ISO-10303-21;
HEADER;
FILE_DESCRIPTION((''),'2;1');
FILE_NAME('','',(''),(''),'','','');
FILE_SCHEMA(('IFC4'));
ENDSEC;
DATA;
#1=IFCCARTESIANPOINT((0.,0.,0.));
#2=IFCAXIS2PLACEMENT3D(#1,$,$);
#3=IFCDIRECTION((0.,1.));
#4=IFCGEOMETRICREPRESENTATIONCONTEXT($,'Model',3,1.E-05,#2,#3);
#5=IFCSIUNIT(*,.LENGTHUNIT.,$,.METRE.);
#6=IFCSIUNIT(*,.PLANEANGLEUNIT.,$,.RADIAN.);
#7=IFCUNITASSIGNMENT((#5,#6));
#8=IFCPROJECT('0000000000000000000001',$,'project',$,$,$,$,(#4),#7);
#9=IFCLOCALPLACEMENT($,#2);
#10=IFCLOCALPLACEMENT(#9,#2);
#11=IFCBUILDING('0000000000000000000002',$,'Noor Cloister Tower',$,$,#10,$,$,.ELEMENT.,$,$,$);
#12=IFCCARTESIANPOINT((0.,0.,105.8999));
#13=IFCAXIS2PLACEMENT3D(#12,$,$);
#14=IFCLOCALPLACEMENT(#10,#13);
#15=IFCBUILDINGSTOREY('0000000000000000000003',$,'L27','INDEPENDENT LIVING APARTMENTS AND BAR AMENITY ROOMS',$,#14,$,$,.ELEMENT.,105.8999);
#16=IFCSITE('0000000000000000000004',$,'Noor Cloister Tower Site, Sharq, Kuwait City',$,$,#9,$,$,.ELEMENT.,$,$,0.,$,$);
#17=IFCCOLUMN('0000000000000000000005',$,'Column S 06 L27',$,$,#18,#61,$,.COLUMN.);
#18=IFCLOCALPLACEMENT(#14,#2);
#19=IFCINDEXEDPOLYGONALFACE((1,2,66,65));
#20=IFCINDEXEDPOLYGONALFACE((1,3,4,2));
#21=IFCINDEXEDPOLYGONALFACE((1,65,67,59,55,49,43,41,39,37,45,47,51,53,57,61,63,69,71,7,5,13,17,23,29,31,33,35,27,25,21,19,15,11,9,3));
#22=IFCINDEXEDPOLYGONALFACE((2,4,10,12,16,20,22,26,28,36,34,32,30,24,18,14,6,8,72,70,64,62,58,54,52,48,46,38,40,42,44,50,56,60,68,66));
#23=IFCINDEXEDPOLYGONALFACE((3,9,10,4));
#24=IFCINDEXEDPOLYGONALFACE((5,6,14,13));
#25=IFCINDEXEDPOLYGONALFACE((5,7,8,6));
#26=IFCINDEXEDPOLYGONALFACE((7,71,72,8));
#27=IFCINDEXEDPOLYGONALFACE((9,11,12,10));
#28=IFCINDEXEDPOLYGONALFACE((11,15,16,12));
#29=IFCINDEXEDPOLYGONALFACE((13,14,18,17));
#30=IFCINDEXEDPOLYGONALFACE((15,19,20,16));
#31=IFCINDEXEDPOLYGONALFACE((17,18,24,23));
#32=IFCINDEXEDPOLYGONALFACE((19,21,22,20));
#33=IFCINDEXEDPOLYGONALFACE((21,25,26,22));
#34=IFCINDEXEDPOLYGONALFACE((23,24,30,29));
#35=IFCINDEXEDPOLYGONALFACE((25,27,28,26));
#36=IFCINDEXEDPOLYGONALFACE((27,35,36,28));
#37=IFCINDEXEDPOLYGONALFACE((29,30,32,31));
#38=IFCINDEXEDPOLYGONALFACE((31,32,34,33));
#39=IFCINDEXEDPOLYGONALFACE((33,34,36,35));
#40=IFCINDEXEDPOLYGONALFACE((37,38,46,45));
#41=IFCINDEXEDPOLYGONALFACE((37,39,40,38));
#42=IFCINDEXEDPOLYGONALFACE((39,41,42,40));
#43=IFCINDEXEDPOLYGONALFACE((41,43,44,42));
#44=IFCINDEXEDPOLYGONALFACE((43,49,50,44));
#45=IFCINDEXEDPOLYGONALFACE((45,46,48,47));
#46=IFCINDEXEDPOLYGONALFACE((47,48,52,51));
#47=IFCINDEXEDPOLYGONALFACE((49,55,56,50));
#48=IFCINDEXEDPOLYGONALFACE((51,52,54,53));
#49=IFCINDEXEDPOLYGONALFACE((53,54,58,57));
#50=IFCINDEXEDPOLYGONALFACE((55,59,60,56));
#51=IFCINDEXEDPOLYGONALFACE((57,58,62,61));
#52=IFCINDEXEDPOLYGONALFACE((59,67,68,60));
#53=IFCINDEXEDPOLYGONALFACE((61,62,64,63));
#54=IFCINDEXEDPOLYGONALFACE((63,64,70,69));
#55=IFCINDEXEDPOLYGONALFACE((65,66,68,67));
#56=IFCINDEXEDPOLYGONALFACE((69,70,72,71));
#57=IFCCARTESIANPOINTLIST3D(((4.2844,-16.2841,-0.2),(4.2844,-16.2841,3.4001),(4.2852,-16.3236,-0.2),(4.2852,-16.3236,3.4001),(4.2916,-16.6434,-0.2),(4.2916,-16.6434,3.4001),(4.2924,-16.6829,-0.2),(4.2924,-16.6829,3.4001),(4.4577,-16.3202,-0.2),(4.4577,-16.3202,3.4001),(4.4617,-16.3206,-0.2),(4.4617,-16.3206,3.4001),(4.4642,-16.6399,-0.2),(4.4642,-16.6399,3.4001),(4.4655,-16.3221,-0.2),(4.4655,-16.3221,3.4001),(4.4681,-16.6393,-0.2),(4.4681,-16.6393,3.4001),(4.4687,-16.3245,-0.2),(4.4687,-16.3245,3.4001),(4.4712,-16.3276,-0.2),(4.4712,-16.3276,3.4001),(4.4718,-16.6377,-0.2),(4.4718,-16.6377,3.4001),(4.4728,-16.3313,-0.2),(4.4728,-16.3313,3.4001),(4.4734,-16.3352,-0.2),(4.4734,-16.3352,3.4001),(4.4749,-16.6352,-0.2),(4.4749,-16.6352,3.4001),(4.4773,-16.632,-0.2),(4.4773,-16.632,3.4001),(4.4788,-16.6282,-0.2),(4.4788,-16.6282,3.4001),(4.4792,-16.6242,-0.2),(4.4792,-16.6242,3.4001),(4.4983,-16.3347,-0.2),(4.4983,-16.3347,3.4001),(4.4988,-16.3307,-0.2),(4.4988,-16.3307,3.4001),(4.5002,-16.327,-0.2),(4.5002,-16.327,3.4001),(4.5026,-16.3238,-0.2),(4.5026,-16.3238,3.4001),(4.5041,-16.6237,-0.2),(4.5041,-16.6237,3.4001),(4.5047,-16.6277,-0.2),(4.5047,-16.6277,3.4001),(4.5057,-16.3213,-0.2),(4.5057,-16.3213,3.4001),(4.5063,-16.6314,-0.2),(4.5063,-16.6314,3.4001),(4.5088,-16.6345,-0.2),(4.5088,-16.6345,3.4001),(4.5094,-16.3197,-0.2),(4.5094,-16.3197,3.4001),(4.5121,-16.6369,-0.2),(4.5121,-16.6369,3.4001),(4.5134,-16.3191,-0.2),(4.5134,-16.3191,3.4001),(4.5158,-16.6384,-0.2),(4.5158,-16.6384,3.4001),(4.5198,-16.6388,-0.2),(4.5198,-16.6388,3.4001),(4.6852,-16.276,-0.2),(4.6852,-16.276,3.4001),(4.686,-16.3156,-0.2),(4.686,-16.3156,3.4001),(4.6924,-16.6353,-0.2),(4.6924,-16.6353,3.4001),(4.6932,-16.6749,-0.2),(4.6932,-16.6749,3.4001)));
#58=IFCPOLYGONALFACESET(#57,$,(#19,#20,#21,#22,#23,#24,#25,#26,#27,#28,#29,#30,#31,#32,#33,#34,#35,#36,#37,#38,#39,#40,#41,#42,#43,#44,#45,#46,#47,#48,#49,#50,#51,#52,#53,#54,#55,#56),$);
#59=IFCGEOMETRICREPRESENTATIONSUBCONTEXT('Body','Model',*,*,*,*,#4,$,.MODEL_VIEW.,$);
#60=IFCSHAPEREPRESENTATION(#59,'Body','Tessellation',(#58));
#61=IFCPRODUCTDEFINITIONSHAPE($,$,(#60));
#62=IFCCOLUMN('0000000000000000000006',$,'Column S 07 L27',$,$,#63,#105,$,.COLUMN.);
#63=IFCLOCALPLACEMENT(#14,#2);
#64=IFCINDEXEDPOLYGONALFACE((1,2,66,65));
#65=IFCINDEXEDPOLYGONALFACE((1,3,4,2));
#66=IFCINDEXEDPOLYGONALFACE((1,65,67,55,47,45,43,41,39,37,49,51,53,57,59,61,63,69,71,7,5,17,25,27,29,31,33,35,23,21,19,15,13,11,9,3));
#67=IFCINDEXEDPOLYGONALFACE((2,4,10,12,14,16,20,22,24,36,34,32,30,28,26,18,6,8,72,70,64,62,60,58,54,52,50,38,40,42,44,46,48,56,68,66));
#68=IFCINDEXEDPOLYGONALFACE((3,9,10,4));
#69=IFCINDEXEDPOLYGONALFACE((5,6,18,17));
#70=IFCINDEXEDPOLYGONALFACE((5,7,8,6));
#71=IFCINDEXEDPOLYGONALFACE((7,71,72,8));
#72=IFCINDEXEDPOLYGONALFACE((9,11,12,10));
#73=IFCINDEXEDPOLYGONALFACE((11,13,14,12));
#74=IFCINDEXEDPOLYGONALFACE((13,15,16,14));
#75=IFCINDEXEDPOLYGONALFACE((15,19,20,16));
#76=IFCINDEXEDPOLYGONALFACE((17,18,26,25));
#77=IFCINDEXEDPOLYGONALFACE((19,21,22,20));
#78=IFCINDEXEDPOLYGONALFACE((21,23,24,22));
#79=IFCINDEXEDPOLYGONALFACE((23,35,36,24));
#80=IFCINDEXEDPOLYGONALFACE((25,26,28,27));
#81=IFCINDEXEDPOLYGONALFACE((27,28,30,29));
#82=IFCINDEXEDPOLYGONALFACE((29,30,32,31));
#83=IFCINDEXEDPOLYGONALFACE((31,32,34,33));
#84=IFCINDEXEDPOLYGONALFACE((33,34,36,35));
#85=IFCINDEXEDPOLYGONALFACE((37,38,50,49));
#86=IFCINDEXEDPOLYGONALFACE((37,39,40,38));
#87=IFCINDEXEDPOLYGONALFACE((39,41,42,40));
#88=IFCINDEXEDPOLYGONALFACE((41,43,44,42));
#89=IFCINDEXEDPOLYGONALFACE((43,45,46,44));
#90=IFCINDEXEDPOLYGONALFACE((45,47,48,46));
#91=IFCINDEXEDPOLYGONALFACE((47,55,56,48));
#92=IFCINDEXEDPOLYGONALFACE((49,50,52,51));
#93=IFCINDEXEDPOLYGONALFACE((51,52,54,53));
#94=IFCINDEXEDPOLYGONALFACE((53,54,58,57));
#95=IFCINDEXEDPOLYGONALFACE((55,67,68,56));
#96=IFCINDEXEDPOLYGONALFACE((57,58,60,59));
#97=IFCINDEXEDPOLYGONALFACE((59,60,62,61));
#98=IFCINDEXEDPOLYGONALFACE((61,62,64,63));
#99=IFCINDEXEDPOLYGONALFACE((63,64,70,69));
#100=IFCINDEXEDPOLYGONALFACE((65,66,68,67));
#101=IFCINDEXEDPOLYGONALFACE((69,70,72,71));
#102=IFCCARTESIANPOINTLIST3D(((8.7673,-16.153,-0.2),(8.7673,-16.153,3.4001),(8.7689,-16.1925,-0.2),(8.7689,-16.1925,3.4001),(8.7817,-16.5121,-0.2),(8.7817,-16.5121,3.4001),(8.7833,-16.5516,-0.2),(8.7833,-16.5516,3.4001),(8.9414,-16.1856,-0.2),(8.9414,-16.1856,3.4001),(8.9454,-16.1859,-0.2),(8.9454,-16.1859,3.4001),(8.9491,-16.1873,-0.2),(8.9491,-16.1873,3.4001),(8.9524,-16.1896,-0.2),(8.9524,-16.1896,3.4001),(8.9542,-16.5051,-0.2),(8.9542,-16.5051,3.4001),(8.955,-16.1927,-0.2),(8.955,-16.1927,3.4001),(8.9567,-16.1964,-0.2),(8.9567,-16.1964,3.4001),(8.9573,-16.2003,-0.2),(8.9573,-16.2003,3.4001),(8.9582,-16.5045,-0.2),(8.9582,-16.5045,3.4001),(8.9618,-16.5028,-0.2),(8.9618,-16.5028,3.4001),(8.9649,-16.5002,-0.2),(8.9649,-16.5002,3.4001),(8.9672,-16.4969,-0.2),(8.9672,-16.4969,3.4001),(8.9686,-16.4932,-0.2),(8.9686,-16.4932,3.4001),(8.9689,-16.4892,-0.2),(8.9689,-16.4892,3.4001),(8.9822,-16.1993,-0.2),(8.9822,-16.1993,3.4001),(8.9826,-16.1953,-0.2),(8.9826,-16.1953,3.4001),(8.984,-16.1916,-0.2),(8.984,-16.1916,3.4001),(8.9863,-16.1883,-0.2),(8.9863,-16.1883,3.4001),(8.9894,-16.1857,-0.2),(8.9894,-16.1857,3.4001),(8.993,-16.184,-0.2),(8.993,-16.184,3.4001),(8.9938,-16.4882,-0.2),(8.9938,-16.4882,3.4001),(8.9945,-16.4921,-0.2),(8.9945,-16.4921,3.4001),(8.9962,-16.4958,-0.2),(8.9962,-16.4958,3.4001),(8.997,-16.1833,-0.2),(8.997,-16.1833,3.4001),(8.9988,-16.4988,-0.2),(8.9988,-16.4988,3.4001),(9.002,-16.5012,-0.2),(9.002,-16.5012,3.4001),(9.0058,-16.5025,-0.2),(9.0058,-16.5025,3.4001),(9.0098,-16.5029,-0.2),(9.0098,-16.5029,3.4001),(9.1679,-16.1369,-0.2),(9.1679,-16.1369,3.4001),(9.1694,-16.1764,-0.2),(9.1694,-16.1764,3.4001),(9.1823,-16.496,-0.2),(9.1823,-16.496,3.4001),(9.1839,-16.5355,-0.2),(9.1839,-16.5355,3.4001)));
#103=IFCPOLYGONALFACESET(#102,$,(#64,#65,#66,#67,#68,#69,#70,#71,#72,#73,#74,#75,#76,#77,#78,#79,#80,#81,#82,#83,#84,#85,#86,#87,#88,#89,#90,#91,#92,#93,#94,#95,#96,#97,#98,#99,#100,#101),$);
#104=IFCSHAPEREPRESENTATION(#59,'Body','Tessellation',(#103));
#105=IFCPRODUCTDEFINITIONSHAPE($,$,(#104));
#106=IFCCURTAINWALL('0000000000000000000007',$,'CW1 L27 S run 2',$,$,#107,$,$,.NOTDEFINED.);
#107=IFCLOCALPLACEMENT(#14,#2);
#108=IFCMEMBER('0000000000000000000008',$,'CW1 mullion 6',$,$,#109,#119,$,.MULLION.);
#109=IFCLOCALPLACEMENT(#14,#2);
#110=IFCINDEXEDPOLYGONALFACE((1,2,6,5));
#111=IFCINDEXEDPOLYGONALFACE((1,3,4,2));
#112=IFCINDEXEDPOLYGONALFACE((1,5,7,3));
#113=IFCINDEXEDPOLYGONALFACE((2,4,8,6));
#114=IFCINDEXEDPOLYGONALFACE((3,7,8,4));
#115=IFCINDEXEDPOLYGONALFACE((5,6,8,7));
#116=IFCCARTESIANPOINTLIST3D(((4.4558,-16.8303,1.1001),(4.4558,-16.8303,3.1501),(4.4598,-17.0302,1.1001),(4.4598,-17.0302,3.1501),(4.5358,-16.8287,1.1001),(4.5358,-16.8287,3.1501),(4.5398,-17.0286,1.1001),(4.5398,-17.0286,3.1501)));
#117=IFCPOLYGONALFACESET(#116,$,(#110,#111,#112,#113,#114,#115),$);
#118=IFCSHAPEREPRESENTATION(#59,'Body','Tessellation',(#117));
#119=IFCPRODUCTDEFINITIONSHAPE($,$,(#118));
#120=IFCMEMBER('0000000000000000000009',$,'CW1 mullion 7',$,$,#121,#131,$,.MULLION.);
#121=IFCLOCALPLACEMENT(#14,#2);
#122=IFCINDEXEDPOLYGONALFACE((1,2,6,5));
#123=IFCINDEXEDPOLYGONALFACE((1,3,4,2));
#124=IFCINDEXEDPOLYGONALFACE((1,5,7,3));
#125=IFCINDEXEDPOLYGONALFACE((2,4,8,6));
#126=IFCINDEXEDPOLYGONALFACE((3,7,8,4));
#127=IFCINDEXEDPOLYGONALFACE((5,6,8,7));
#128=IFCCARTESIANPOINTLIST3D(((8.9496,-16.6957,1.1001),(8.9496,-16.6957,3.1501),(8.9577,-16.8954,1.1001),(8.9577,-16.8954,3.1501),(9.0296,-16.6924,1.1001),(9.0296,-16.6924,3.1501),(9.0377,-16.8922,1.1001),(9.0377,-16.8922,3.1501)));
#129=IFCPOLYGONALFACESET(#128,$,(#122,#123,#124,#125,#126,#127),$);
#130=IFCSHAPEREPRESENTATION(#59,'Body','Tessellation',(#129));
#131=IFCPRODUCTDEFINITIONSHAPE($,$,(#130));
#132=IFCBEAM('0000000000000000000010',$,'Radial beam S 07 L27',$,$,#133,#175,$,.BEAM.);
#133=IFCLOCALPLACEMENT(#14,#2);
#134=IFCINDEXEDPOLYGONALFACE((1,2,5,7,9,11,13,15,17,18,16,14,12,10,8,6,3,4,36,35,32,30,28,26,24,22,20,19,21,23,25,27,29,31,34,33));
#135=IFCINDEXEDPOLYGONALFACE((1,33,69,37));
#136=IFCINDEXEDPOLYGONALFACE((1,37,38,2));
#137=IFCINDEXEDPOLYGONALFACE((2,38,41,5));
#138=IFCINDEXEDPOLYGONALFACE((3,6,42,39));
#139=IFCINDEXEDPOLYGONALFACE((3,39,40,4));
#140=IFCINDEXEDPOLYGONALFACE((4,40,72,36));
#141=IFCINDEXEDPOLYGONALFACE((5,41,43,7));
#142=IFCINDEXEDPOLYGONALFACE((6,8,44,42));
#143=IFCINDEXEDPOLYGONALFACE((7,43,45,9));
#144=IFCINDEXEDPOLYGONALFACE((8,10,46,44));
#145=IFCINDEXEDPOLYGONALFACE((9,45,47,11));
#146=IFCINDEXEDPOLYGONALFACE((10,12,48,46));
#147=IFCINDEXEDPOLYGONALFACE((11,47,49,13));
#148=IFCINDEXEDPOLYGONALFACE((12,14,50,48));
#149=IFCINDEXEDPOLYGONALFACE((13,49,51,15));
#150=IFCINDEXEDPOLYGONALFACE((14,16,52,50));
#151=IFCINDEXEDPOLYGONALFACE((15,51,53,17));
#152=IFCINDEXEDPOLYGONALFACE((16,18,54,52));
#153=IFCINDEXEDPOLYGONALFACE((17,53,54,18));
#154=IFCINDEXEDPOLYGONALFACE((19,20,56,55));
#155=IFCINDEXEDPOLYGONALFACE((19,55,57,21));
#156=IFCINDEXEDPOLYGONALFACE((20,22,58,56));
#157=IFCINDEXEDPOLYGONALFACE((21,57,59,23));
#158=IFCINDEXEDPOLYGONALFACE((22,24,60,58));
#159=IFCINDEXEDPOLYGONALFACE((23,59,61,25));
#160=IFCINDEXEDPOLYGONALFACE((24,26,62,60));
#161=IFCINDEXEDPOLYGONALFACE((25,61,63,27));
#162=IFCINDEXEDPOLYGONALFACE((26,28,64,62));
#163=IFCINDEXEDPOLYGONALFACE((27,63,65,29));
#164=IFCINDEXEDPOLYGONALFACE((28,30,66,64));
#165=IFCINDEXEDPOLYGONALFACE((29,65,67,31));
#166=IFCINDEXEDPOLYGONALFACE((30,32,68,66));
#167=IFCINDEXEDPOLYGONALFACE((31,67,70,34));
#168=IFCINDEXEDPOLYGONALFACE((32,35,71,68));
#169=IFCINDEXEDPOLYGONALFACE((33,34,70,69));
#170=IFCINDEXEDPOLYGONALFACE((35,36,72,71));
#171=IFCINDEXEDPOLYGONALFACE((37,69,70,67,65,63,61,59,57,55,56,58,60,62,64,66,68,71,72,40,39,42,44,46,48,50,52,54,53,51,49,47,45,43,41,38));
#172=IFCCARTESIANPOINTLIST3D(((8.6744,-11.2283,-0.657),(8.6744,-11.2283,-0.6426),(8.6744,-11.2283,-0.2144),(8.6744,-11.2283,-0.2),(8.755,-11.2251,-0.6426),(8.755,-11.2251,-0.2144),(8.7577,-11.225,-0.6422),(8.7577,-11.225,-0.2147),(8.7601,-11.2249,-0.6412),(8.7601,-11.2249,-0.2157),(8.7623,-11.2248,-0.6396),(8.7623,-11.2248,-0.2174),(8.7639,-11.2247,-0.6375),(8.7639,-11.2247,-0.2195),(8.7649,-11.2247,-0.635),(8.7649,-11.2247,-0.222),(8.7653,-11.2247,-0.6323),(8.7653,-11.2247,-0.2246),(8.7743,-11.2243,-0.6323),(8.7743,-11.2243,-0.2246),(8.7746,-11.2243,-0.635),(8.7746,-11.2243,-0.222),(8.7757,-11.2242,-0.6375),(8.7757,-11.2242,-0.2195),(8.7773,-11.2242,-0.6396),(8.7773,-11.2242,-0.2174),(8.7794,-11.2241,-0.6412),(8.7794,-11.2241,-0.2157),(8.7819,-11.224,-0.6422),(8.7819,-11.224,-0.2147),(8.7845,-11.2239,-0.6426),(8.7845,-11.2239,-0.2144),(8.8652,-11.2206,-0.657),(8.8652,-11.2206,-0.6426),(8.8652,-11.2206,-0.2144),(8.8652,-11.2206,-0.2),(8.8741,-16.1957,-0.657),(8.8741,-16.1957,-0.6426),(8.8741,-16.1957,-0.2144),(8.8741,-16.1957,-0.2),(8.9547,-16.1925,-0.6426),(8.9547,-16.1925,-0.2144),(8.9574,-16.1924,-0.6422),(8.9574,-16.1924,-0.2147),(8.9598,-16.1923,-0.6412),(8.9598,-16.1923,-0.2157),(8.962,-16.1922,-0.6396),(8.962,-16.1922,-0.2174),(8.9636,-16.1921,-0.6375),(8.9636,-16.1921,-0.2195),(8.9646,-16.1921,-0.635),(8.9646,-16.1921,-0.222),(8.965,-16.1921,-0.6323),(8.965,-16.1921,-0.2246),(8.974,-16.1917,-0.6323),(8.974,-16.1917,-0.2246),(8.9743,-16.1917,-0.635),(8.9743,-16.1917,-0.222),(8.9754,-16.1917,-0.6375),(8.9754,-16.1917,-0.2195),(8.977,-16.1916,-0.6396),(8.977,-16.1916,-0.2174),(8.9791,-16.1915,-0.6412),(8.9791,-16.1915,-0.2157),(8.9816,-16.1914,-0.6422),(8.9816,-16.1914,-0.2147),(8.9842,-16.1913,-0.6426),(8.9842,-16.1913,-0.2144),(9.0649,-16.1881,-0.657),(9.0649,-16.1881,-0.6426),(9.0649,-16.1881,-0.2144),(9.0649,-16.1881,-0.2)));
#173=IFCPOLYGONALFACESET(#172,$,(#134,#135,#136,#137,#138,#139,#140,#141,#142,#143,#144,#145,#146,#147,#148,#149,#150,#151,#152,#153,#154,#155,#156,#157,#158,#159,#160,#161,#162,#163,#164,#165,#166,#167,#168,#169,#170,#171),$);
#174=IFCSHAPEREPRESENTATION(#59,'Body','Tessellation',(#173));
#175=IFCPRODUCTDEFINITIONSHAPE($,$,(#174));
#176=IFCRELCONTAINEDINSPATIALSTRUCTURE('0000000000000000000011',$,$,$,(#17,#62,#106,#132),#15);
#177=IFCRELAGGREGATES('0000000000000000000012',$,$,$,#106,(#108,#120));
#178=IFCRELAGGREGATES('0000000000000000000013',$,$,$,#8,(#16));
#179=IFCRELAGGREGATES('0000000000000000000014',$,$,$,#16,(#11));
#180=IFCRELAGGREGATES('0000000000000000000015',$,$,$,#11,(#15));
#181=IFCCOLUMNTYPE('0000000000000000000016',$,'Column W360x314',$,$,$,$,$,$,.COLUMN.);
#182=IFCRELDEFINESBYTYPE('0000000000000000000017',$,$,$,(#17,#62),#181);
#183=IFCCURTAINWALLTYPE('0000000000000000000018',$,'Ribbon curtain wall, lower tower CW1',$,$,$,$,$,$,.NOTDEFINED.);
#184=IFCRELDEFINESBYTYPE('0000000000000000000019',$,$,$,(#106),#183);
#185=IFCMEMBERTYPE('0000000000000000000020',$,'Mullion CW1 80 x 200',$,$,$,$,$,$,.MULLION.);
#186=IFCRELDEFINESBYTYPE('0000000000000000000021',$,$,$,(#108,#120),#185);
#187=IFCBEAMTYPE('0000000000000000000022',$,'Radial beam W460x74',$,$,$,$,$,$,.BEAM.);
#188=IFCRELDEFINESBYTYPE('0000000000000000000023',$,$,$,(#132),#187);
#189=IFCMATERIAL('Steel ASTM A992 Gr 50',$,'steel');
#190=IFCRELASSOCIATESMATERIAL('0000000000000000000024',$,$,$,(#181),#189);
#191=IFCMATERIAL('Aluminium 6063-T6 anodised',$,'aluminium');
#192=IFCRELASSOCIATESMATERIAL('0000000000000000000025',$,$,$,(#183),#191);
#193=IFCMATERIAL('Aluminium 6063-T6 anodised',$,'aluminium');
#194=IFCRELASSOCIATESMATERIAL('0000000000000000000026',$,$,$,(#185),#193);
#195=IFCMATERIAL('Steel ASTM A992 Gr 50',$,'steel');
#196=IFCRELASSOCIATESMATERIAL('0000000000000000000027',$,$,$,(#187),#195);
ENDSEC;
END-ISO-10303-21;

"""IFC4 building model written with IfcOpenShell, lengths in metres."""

from ifc_helpers import new_model, si_unit, direction, frame, origin, origin_2d, place, context, subcontext, project, spatial, rectangle, i_section, extrude, material, material_profile, profile_set, type_object, element, aggregate, save


model = new_model("IFC4")

# Units and contexts
model_context = context("Model", 3, precision=1e-05, world=origin(), true_north=direction((0.0, 1.0)))
body_context = subcontext(model_context, "Body", "Model", "MODEL_VIEW")
ifc_project = project(units=[si_unit("LENGTHUNIT", "METRE"), si_unit("PLANEANGLEUNIT", "RADIAN")], contexts=[model_context])

# Site, building, storey
site_placement = place(None, origin())
site = spatial("IfcSite", under=ifc_project, at=site_placement, Name="Noor Cloister Tower Site, Sharq, Kuwait City", CompositionType="ELEMENT", RefElevation=0.0)
building_placement = place(site_placement, origin())
building = spatial("IfcBuilding", under=site, at=building_placement, Name="Noor Cloister Tower", CompositionType="ELEMENT")
storey_placement = place(building_placement, frame((0.0, 0.0, 105.8999)))
storey = spatial("IfcBuildingStorey", under=building, at=storey_placement, Name="L27", Description="INDEPENDENT LIVING APARTMENTS AND BAR AMENITY ROOMS", CompositionType="ELEMENT", Elevation=105.8999)

# Columns
ifc_material_1 = material(Name="Steel ASTM A992 Gr 50", Category="steel")
ifc_material_profile_1 = material_profile(ifc_material_1, i_section(OverallWidth=0.4009, OverallDepth=0.3989, WebThickness=0.0249, FlangeThickness=0.0396, FilletRadius=0.0154, at=origin_2d()), Name="W360x314")
ifc_profile_set_1 = profile_set([ifc_material_profile_1], Name="Steel ASTM A992 Gr 50")
column_type = type_object("IfcColumnType", Name="Column W360x314", PredefinedType="COLUMN", material=ifc_profile_set_1)
for number, where, z_axis, x_axis, name in (
    (1, (4.4888, -16.4795, -0.2), (0.0, 0.0, 1.0), (0.999798, 0.020077, 0.0), "Column S 06 L27"),
    (2, (8.9756, -16.3442, -0.2), (0.0, 0.0, 1.0), (0.999194, 0.040147, 0.0), "Column S 07 L27"),
):
    element("IfcColumn", number, at=place(storey_placement, frame(where, z_axis=z_axis, x_axis=x_axis)), inside=storey, type_object=column_type, Name=name, PredefinedType="COLUMN", context=body_context, shape_type="SweptSolid", body=[
        extrude(i_section(OverallWidth=0.4009, OverallDepth=0.3989, WebThickness=0.0249, FlangeThickness=0.0396, FilletRadius=0.0154, at=origin_2d()), origin(), (0.0, 0.0, 1.0), 3.6001),
    ])

# Curtain wall, members
ifc_material_2 = material(Name="Aluminium 6063-T6 anodised", Category="aluminium")
curtain_wall_type = type_object("IfcCurtainWallType", Name="Ribbon curtain wall, lower tower CW1", PredefinedType="NOTDEFINED", material=ifc_material_2)
curtain_wall_placement = place(storey_placement, origin())
curtain_wall = element("IfcCurtainWall", 3, at=curtain_wall_placement, inside=storey, type_object=curtain_wall_type, Name="CW1 L27 S run 2", PredefinedType="NOTDEFINED")
ifc_material_3 = material(Name="Aluminium 6063-T6 anodised", Category="aluminium")
ifc_material_profile_2 = material_profile(ifc_material_3, rectangle(XDim=0.2, YDim=0.0801, at=origin_2d()), Name="200 x 80 mullion")
ifc_profile_set_2 = profile_set([ifc_material_profile_2], Name="Aluminium 6063-T6 anodised")
member_type = type_object("IfcMemberType", Name="Mullion CW1 80 x 200", PredefinedType="MULLION", material=ifc_profile_set_2)
member_1_placement = place(storey_placement, frame((4.4978, -16.9294, 1.1001), z_axis=(0.0, 0.0, 1.0), x_axis=(-0.020077, 0.999798, 0.0)))
member_1 = element("IfcMember", 4, at=member_1_placement, type_object=member_type, Name="CW1 mullion 6", PredefinedType="MULLION", context=body_context, shape_type="SweptSolid", body=[
    extrude(rectangle(XDim=0.2, YDim=0.0801, at=origin_2d()), origin(), (0.0, 0.0, 1.0), 2.05),
])
member_2_placement = place(storey_placement, frame((8.9937, -16.7939, 1.1001), z_axis=(0.0, 0.0, 1.0), x_axis=(-0.040147, 0.999194, 0.0)))
member_2 = element("IfcMember", 5, at=member_2_placement, type_object=member_type, Name="CW1 mullion 7", PredefinedType="MULLION", context=body_context, shape_type="SweptSolid", body=[
    extrude(rectangle(XDim=0.2, YDim=0.0801, at=origin_2d()), origin(), (0.0, 0.0, 1.0), 2.05),
])

# Beam
ifc_material_4 = material(Name="Steel ASTM A992 Gr 50", Category="steel")
ifc_material_profile_3 = material_profile(ifc_material_4, i_section(OverallWidth=0.1909, OverallDepth=0.457, WebThickness=0.009, FlangeThickness=0.0144, FilletRadius=0.0103, at=origin_2d()), Name="W460x74")
ifc_profile_set_3 = profile_set([ifc_material_profile_3], Name="Steel ASTM A992 Gr 50")
beam_type_1 = type_object("IfcBeamType", Name="Radial beam W460x74", PredefinedType="BEAM", material=ifc_profile_set_3)
beam_1_placement = place(storey_placement, frame((8.9695, -16.1919, -0.4285), z_axis=(-0.04017, 0.999193, 0.0), x_axis=(-0.999193, -0.04017, 0.0)))
element("IfcBeam", 6, at=beam_1_placement, inside=storey, type_object=beam_type_1, Name="Radial beam S 07 L27", PredefinedType="BEAM", context=body_context, shape_type="SweptSolid", body=[
    extrude(i_section(OverallWidth=0.1909, OverallDepth=0.457, WebThickness=0.009, FlangeThickness=0.0144, FilletRadius=0.0103, at=origin_2d()), origin(), (0.0, 0.0, 1.0), 4.9714),
])

aggregate(curtain_wall, [member_1, member_2])

save(model, "model.ifc")
